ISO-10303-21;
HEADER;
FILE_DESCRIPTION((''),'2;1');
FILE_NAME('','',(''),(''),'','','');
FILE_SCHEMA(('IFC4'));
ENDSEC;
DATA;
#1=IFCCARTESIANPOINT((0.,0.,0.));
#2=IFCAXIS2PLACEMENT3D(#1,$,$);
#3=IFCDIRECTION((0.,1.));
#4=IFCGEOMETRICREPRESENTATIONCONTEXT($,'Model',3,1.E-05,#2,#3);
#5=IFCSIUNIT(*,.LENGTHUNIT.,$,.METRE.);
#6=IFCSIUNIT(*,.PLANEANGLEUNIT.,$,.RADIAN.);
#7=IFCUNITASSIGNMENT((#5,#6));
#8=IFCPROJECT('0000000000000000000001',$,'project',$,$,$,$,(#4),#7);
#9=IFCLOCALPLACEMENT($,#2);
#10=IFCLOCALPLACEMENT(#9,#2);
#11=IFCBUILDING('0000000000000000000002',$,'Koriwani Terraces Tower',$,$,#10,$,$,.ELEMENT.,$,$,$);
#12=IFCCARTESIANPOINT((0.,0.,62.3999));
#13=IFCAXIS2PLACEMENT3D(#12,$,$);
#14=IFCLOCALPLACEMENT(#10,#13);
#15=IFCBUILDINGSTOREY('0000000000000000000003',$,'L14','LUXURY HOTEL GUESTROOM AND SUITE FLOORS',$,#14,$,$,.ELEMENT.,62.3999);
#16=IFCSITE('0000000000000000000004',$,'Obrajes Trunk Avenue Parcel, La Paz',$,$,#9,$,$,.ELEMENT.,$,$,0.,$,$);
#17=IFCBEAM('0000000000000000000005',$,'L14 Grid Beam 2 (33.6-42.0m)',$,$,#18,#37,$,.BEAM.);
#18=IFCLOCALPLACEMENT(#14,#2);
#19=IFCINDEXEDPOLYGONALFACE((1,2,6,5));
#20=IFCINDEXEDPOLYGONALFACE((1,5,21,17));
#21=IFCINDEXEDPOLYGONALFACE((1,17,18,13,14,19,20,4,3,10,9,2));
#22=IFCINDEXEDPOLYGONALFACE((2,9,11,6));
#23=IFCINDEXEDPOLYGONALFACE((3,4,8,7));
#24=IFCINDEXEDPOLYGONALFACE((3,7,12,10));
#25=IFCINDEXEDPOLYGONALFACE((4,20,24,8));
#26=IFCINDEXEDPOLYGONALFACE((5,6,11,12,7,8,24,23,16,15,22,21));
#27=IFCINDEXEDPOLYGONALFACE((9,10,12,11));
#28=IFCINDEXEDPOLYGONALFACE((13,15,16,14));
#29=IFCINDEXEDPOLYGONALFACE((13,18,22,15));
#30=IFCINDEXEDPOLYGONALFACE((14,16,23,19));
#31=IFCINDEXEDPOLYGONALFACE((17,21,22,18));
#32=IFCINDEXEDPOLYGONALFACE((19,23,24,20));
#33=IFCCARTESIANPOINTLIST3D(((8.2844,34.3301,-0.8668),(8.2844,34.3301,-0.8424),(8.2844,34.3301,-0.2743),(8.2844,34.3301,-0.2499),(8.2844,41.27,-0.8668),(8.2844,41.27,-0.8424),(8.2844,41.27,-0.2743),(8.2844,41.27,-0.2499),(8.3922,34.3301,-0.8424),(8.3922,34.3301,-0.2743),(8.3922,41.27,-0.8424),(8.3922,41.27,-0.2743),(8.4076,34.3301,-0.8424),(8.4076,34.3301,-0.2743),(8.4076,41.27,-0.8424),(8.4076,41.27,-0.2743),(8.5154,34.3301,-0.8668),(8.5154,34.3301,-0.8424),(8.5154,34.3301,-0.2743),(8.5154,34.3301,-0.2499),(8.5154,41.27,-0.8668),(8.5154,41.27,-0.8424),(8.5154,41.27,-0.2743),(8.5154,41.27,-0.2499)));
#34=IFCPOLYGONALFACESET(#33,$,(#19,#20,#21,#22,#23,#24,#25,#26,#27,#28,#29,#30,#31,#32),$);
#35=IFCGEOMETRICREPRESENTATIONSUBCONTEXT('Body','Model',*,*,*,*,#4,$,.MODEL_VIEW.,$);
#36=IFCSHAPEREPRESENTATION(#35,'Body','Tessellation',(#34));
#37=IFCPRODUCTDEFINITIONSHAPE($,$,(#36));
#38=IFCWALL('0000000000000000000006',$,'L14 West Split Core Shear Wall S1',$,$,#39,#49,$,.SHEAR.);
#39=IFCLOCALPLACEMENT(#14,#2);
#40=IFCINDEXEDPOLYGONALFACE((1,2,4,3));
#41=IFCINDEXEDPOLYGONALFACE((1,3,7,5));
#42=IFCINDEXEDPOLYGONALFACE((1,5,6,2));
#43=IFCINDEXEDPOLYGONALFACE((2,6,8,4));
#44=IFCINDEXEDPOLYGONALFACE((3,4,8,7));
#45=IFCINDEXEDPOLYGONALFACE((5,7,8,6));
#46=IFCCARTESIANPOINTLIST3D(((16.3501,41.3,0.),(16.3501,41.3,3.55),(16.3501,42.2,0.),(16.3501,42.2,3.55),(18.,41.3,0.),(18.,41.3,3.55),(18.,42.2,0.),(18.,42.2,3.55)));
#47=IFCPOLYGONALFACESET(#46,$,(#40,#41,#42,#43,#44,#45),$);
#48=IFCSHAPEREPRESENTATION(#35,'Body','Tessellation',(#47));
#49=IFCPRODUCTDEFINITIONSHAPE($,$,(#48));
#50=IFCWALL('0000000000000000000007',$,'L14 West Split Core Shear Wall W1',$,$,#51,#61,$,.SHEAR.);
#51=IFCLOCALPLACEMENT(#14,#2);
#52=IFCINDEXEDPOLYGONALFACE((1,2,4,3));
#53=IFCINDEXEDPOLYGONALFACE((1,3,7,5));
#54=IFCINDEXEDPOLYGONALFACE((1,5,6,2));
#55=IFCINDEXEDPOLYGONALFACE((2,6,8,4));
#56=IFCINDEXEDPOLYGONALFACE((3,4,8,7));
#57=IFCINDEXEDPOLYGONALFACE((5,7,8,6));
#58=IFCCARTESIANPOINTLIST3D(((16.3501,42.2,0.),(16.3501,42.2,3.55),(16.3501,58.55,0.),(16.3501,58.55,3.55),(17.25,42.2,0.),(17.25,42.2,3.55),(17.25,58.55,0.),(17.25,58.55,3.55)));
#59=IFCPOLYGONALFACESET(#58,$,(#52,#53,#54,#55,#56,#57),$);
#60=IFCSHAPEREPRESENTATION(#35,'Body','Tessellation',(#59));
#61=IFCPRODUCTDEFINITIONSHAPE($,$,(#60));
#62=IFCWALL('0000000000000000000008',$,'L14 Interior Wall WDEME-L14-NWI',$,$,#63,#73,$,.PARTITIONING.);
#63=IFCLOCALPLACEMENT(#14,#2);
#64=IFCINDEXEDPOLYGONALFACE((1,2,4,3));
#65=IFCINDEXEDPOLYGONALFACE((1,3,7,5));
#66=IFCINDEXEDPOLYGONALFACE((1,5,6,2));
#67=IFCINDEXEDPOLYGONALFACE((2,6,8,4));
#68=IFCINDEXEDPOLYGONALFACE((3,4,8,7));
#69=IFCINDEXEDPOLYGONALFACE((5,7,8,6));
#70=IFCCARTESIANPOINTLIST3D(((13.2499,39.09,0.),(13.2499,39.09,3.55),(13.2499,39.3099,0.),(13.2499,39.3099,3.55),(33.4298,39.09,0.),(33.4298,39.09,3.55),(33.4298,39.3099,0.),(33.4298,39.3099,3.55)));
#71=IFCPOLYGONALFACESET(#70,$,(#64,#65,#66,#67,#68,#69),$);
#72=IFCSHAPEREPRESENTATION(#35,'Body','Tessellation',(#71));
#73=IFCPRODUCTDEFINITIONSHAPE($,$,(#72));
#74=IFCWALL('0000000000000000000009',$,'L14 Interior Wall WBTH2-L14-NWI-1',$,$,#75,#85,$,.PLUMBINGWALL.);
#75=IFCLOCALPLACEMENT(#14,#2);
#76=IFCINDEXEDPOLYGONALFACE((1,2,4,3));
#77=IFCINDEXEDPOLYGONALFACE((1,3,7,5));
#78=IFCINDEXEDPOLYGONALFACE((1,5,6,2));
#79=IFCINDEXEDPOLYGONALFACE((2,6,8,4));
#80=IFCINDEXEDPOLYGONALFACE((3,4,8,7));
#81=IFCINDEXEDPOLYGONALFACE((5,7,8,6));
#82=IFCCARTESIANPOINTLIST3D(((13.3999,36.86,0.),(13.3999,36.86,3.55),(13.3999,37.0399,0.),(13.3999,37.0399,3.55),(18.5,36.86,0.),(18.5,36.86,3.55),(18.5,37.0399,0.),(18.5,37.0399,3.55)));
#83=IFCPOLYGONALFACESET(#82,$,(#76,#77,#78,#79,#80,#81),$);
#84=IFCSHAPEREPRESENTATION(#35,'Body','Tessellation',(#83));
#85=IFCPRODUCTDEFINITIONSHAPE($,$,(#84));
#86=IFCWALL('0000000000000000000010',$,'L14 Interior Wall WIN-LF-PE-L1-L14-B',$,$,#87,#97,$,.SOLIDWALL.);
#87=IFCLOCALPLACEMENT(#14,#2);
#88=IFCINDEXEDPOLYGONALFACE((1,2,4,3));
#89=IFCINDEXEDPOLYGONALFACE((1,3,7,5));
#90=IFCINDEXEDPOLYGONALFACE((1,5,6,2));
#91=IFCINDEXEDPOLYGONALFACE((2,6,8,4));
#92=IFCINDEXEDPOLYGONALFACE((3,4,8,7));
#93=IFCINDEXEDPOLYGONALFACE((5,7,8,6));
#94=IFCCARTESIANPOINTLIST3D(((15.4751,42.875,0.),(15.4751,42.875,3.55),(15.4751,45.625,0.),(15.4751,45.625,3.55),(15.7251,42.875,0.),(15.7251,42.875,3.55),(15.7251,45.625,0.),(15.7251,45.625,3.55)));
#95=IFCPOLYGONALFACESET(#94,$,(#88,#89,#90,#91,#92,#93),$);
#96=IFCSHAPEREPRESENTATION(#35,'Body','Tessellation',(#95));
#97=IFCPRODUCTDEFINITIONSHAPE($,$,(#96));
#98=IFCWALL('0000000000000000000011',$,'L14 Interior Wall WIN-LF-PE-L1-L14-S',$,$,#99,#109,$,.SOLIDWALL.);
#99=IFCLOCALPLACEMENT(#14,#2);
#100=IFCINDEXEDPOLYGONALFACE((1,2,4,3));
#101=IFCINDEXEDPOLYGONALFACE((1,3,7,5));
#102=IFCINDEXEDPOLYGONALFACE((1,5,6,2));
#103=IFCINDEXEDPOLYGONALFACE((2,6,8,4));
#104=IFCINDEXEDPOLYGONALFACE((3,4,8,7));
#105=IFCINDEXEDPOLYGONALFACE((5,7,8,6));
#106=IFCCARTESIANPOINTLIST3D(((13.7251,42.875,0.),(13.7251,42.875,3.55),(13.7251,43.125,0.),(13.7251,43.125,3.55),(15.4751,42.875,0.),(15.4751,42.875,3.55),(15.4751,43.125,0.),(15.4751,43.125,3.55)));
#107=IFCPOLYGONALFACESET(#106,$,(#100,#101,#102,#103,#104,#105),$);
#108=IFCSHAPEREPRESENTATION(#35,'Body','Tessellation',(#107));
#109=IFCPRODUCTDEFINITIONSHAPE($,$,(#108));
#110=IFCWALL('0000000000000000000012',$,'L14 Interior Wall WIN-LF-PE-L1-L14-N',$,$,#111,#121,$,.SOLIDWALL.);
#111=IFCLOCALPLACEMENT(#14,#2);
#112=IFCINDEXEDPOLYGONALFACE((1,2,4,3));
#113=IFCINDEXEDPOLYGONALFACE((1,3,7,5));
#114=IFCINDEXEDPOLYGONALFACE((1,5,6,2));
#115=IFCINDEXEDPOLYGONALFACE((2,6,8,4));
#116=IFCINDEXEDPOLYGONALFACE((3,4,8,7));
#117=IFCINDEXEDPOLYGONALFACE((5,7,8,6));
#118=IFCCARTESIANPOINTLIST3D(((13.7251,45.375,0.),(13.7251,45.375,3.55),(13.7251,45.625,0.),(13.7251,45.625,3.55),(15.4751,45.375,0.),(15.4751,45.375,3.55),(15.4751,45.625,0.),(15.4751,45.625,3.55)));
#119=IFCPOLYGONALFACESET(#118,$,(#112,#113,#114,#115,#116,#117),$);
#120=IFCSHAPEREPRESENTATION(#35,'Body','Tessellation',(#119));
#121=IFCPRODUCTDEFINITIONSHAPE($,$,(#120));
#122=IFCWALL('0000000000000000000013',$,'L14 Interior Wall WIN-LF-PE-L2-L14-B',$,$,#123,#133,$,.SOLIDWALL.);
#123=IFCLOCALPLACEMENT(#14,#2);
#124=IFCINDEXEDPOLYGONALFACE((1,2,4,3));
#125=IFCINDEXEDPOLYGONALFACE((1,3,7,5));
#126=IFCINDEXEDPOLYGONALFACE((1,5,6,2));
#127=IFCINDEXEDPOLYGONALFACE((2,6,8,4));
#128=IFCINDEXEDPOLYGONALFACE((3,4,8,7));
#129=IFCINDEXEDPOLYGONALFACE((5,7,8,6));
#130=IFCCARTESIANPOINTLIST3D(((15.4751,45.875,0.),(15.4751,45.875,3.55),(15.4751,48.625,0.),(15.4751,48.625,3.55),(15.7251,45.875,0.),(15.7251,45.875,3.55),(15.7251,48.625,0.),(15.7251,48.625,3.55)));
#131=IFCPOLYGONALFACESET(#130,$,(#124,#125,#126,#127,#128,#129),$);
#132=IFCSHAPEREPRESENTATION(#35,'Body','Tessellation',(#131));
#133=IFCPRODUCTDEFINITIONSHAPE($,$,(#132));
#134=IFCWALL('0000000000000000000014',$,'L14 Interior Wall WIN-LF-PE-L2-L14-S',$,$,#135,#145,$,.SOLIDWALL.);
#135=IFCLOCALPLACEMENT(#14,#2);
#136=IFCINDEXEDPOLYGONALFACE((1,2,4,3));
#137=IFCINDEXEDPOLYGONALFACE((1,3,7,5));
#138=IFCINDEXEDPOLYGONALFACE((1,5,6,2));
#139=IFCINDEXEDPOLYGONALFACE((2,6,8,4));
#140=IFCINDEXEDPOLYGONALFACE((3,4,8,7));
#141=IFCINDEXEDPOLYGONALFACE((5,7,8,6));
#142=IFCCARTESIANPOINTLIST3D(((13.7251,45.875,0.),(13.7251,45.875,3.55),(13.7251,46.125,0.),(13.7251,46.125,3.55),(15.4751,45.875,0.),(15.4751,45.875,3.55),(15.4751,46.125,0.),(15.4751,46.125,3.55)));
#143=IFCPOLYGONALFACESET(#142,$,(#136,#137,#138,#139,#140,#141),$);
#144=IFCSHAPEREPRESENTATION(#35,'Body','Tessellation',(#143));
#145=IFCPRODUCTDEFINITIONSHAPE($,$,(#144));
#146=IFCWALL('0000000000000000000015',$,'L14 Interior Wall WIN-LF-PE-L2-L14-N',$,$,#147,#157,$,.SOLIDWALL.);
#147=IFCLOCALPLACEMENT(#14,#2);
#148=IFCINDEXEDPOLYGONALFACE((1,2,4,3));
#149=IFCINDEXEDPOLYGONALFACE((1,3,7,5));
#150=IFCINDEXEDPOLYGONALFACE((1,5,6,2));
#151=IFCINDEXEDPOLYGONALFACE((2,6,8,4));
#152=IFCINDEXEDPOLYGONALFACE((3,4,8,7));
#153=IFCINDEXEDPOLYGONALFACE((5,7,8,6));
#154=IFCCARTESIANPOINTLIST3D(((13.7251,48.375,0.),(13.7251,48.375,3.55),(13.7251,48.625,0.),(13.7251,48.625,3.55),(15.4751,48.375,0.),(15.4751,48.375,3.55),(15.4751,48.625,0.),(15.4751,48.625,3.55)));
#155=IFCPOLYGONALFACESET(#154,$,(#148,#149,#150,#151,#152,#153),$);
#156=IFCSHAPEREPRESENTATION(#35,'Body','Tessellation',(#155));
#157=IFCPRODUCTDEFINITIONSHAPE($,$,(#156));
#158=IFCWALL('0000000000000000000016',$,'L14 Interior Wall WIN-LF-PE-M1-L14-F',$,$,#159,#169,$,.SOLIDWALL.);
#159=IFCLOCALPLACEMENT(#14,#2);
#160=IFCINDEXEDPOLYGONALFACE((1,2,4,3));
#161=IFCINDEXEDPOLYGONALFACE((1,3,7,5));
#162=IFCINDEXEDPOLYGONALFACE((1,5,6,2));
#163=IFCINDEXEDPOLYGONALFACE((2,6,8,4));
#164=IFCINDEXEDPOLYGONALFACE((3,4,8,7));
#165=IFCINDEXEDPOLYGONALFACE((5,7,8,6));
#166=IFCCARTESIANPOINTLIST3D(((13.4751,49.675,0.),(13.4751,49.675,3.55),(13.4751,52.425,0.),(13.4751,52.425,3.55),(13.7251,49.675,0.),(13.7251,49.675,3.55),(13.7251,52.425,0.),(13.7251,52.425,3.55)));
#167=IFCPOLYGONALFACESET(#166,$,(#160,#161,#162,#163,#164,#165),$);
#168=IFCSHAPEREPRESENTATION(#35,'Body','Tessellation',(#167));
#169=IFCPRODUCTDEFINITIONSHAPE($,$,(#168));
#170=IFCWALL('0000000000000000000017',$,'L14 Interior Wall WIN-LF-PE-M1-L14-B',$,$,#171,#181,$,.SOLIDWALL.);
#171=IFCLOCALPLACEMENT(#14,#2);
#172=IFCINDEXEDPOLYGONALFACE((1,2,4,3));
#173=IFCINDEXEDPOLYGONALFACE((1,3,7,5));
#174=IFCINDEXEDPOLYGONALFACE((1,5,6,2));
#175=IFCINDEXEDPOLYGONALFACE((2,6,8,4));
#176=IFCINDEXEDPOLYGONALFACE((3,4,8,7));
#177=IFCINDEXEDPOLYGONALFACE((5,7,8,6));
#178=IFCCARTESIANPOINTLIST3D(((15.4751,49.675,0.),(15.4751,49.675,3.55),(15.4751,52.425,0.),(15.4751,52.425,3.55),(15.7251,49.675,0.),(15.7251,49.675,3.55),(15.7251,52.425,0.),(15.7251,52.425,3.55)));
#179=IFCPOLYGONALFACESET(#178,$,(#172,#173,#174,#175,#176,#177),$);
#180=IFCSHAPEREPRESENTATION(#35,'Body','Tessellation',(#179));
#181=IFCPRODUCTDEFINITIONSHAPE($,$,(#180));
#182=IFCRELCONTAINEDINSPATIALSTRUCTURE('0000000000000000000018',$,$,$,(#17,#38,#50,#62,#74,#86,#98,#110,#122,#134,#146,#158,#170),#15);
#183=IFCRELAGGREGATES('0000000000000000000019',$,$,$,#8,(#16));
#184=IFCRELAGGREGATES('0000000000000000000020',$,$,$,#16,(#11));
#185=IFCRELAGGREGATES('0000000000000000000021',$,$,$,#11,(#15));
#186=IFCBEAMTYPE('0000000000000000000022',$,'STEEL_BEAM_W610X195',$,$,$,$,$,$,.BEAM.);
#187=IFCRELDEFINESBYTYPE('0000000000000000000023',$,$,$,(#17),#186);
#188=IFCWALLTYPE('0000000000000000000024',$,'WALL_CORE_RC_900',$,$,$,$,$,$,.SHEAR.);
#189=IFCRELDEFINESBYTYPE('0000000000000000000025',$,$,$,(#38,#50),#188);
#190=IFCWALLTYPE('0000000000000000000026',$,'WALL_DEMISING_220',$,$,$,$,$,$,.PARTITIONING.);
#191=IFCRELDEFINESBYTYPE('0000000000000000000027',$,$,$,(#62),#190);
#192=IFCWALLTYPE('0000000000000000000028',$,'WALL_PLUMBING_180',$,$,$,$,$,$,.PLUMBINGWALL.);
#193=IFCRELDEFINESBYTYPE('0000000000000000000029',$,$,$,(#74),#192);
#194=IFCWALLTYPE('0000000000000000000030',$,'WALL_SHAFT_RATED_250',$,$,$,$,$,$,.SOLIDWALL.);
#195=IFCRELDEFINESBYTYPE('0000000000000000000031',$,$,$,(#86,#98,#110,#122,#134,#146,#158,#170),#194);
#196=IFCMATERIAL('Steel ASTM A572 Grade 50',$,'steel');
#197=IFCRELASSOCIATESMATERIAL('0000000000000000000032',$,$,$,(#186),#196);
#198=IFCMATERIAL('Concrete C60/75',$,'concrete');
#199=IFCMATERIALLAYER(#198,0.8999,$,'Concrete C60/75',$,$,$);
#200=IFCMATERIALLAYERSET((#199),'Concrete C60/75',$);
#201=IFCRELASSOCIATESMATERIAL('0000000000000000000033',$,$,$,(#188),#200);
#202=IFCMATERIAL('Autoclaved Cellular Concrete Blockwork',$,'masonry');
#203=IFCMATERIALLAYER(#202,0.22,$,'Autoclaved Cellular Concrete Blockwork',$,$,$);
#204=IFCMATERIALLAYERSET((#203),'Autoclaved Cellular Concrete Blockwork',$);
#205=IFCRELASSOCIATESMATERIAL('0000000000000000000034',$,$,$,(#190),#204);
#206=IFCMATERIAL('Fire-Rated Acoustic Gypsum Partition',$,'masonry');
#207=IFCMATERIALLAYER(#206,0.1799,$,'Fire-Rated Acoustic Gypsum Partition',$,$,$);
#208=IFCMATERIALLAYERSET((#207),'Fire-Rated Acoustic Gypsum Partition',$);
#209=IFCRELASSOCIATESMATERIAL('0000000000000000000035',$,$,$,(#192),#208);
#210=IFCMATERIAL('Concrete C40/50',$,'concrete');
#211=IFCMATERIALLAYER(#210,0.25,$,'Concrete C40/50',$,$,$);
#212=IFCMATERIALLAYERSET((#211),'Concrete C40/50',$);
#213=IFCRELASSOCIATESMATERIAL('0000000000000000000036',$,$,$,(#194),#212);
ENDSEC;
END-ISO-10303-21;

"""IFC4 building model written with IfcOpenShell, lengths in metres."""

from ifc_helpers import new_model, si_unit, direction, frame, frame_2d, origin, origin_2d, place, context, subcontext, project, spatial, rectangle, i_section, extrude, material, layer, layer_set, material_profile, profile_set, type_object, element, save


model = new_model("IFC4")

# Units and contexts
model_context = context("Model", 3, precision=1e-05, world=origin(), true_north=direction((0.0, 1.0)))
body_context = subcontext(model_context, "Body", "Model", "MODEL_VIEW")
ifc_project = project(units=[si_unit("LENGTHUNIT", "METRE"), si_unit("PLANEANGLEUNIT", "RADIAN")], contexts=[model_context])

# Site, building, storey
site_placement = place(None, origin())
site = spatial("IfcSite", under=ifc_project, at=site_placement, Name="Obrajes Trunk Avenue Parcel, La Paz", CompositionType="ELEMENT", RefElevation=0.0)
building_placement = place(site_placement, origin())
building = spatial("IfcBuilding", under=site, at=building_placement, Name="Koriwani Terraces Tower", CompositionType="ELEMENT")
storey_placement = place(building_placement, frame((0.0, 0.0, 62.3999)))
storey = spatial("IfcBuildingStorey", under=building, at=storey_placement, Name="L14", Description="LUXURY HOTEL GUESTROOM AND SUITE FLOORS", CompositionType="ELEMENT", Elevation=62.3999)

# Shared definitions
ifc_material_1 = material(Name="Concrete C60/75", Category="concrete")

# Beam
ifc_material_2 = material(Name="Concrete C40/50", Category="concrete")
ifc_material_3 = material(Name="Steel ASTM A572 Grade 50", Category="steel")
ifc_material_profile_1 = material_profile(ifc_material_3, i_section(OverallWidth=0.231, OverallDepth=0.6169, WebThickness=0.0154, FlangeThickness=0.0244, at=origin_2d()), Name="Steel ASTM A572 Grade 50", Category="LoadBearing")
ifc_profile_set_1 = profile_set([ifc_material_profile_1], Name="Steel ASTM A572 Grade 50")
beam_type_1 = type_object("IfcBeamType", Name="STEEL_BEAM_W610X195", PredefinedType="BEAM", material=ifc_profile_set_1)
beam_1_placement = place(storey_placement, frame((8.3999, 34.3301, -0.5583), z_axis=(0.0, 1.0, 0.0), x_axis=(-1.0, 0.0, 0.0)))
element("IfcBeam", 1, at=beam_1_placement, inside=storey, type_object=beam_type_1, Name="L14 Grid Beam 2 (33.6-42.0m)", PredefinedType="BEAM", context=body_context, shape_type="SweptSolid", body=[
    extrude(i_section(OverallWidth=0.231, OverallDepth=0.6169, WebThickness=0.0154, FlangeThickness=0.0244, at=origin_2d()), origin(), (0.0, 0.0, 1.0), 6.9399),
])

# Walls
ifc_layer_1 = layer(ifc_material_1, 0.8999, Name="Concrete C60/75")
ifc_layer_set_1 = layer_set([ifc_layer_1], Name="Concrete C60/75")
wall_type_1 = type_object("IfcWallType", Name="WALL_CORE_RC_900", PredefinedType="SHEAR", material=ifc_layer_set_1)
wall_1_placement = place(storey_placement, frame((16.3501, 41.75, 0.0), z_axis=(0.0, 0.0, 1.0), x_axis=(1.0, 0.0, 0.0)))
element("IfcWall", 2, at=wall_1_placement, inside=storey, type_object=wall_type_1, Name="L14 West Split Core Shear Wall S1", PredefinedType="SHEAR", context=body_context, shape_type="SweptSolid", body=[
    extrude(rectangle(XDim=1.6499, YDim=0.8999, at=frame_2d((0.825, 0.0))), origin(), (0.0, 0.0, 1.0), 3.55),
])
wall_2_placement = place(storey_placement, frame((16.8, 42.2, 0.0), z_axis=(0.0, 0.0, 1.0), x_axis=(0.0, 1.0, 0.0)))
element("IfcWall", 3, at=wall_2_placement, inside=storey, type_object=wall_type_1, Name="L14 West Split Core Shear Wall W1", PredefinedType="SHEAR", context=body_context, shape_type="SweptSolid", body=[
    extrude(rectangle(XDim=16.3501, YDim=0.8999, at=frame_2d((8.175, 0.0))), origin(), (0.0, 0.0, 1.0), 3.55),
])
ifc_material_4 = material(Name="Autoclaved Cellular Concrete Blockwork", Category="masonry")
ifc_layer_2 = layer(ifc_material_4, 0.22, Name="Autoclaved Cellular Concrete Blockwork")
ifc_layer_set_2 = layer_set([ifc_layer_2], Name="Autoclaved Cellular Concrete Blockwork")
wall_type_2 = type_object("IfcWallType", Name="WALL_DEMISING_220", PredefinedType="PARTITIONING", material=ifc_layer_set_2)
wall_3_placement = place(storey_placement, frame((13.25, 39.2, 0.0), z_axis=(0.0, 0.0, 1.0), x_axis=(1.0, 0.0, 0.0)))
element("IfcWall", 4, at=wall_3_placement, inside=storey, type_object=wall_type_2, Name="L14 Interior Wall WDEME-L14-NWI", PredefinedType="PARTITIONING", context=body_context, shape_type="SweptSolid", body=[
    extrude(rectangle(XDim=20.1799, YDim=0.22, at=frame_2d((10.0898, 0.0))), origin(), (0.0, 0.0, 1.0), 3.55),
])
ifc_material_5 = material(Name="Fire-Rated Acoustic Gypsum Partition", Category="masonry")
ifc_layer_3 = layer(ifc_material_5, 0.1799, Name="Fire-Rated Acoustic Gypsum Partition")
ifc_layer_set_3 = layer_set([ifc_layer_3], Name="Fire-Rated Acoustic Gypsum Partition")
wall_type_3 = type_object("IfcWallType", Name="WALL_PLUMBING_180", PredefinedType="PLUMBINGWALL", material=ifc_layer_set_3)
wall_4_placement = place(storey_placement, frame((13.3999, 36.95, 0.0), z_axis=(0.0, 0.0, 1.0), x_axis=(1.0, 0.0, 0.0)))
element("IfcWall", 5, at=wall_4_placement, inside=storey, type_object=wall_type_3, Name="L14 Interior Wall WBTH2-L14-NWI-1", PredefinedType="PLUMBINGWALL", context=body_context, shape_type="SweptSolid", body=[
    extrude(rectangle(XDim=5.1001, YDim=0.1799, at=frame_2d((2.55, 0.0))), origin(), (0.0, 0.0, 1.0), 3.55),
])

# Shared definitions
ifc_layer_4 = layer(ifc_material_2, 0.25, Name="Concrete C40/50")
ifc_layer_set_4 = layer_set([ifc_layer_4], Name="Concrete C40/50")
wall_type_4 = type_object("IfcWallType", Name="WALL_SHAFT_RATED_250", PredefinedType="SOLIDWALL", material=ifc_layer_set_4)

# Walls
wall_5_placement = place(storey_placement, frame((15.6001, 42.875, 0.0), z_axis=(0.0, 0.0, 1.0), x_axis=(0.0, 1.0, 0.0)))
element("IfcWall", 6, at=wall_5_placement, inside=storey, type_object=wall_type_4, Name="L14 Interior Wall WIN-LF-PE-L1-L14-B", PredefinedType="SOLIDWALL", context=body_context, shape_type="SweptSolid", body=[
    extrude(rectangle(XDim=2.75, YDim=0.25, at=frame_2d((1.375, 0.0))), origin(), (0.0, 0.0, 1.0), 3.55),
])
for number, where, z_axis, x_axis, name in (
    (7, (13.7251, 43.0, 0.0), (0.0, 0.0, 1.0), (1.0, 0.0, 0.0), "L14 Interior Wall WIN-LF-PE-L1-L14-S"),
    (8, (13.7251, 45.5, 0.0), (0.0, 0.0, 1.0), (1.0, 0.0, 0.0), "L14 Interior Wall WIN-LF-PE-L1-L14-N"),
):
    element("IfcWall", number, at=place(storey_placement, frame(where, z_axis=z_axis, x_axis=x_axis)), inside=storey, type_object=wall_type_4, Name=name, PredefinedType="SOLIDWALL", context=body_context, shape_type="SweptSolid", body=[
        extrude(rectangle(XDim=1.75, YDim=0.25, at=frame_2d((0.875, 0.0))), origin(), (0.0, 0.0, 1.0), 3.55),
    ])

# Walls
wall_6_placement = place(storey_placement, frame((15.6001, 45.875, 0.0), z_axis=(0.0, 0.0, 1.0), x_axis=(0.0, 1.0, 0.0)))
element("IfcWall", 9, at=wall_6_placement, inside=storey, type_object=wall_type_4, Name="L14 Interior Wall WIN-LF-PE-L2-L14-B", PredefinedType="SOLIDWALL", context=body_context, shape_type="SweptSolid", body=[
    extrude(rectangle(XDim=2.75, YDim=0.25, at=frame_2d((1.375, 0.0))), origin(), (0.0, 0.0, 1.0), 3.55),
])
for number, where, z_axis, x_axis, name in (
    (10, (13.7251, 46.0, 0.0), (0.0, 0.0, 1.0), (1.0, 0.0, 0.0), "L14 Interior Wall WIN-LF-PE-L2-L14-S"),
    (11, (13.7251, 48.5, 0.0), (0.0, 0.0, 1.0), (1.0, 0.0, 0.0), "L14 Interior Wall WIN-LF-PE-L2-L14-N"),
):
    element("IfcWall", number, at=place(storey_placement, frame(where, z_axis=z_axis, x_axis=x_axis)), inside=storey, type_object=wall_type_4, Name=name, PredefinedType="SOLIDWALL", context=body_context, shape_type="SweptSolid", body=[
        extrude(rectangle(XDim=1.75, YDim=0.25, at=frame_2d((0.875, 0.0))), origin(), (0.0, 0.0, 1.0), 3.55),
    ])
for number, where, z_axis, x_axis, name in (
    (12, (13.6001, 49.675, 0.0), (0.0, 0.0, 1.0), (0.0, 1.0, 0.0), "L14 Interior Wall WIN-LF-PE-M1-L14-F"),
    (13, (15.6001, 49.675, 0.0), (0.0, 0.0, 1.0), (0.0, 1.0, 0.0), "L14 Interior Wall WIN-LF-PE-M1-L14-B"),
):
    element("IfcWall", number, at=place(storey_placement, frame(where, z_axis=z_axis, x_axis=x_axis)), inside=storey, type_object=wall_type_4, Name=name, PredefinedType="SOLIDWALL", context=body_context, shape_type="SweptSolid", body=[
        extrude(rectangle(XDim=2.75, YDim=0.25, at=frame_2d((1.375, 0.0))), origin(), (0.0, 0.0, 1.0), 3.55),
    ])

save(model, "model.ifc")
